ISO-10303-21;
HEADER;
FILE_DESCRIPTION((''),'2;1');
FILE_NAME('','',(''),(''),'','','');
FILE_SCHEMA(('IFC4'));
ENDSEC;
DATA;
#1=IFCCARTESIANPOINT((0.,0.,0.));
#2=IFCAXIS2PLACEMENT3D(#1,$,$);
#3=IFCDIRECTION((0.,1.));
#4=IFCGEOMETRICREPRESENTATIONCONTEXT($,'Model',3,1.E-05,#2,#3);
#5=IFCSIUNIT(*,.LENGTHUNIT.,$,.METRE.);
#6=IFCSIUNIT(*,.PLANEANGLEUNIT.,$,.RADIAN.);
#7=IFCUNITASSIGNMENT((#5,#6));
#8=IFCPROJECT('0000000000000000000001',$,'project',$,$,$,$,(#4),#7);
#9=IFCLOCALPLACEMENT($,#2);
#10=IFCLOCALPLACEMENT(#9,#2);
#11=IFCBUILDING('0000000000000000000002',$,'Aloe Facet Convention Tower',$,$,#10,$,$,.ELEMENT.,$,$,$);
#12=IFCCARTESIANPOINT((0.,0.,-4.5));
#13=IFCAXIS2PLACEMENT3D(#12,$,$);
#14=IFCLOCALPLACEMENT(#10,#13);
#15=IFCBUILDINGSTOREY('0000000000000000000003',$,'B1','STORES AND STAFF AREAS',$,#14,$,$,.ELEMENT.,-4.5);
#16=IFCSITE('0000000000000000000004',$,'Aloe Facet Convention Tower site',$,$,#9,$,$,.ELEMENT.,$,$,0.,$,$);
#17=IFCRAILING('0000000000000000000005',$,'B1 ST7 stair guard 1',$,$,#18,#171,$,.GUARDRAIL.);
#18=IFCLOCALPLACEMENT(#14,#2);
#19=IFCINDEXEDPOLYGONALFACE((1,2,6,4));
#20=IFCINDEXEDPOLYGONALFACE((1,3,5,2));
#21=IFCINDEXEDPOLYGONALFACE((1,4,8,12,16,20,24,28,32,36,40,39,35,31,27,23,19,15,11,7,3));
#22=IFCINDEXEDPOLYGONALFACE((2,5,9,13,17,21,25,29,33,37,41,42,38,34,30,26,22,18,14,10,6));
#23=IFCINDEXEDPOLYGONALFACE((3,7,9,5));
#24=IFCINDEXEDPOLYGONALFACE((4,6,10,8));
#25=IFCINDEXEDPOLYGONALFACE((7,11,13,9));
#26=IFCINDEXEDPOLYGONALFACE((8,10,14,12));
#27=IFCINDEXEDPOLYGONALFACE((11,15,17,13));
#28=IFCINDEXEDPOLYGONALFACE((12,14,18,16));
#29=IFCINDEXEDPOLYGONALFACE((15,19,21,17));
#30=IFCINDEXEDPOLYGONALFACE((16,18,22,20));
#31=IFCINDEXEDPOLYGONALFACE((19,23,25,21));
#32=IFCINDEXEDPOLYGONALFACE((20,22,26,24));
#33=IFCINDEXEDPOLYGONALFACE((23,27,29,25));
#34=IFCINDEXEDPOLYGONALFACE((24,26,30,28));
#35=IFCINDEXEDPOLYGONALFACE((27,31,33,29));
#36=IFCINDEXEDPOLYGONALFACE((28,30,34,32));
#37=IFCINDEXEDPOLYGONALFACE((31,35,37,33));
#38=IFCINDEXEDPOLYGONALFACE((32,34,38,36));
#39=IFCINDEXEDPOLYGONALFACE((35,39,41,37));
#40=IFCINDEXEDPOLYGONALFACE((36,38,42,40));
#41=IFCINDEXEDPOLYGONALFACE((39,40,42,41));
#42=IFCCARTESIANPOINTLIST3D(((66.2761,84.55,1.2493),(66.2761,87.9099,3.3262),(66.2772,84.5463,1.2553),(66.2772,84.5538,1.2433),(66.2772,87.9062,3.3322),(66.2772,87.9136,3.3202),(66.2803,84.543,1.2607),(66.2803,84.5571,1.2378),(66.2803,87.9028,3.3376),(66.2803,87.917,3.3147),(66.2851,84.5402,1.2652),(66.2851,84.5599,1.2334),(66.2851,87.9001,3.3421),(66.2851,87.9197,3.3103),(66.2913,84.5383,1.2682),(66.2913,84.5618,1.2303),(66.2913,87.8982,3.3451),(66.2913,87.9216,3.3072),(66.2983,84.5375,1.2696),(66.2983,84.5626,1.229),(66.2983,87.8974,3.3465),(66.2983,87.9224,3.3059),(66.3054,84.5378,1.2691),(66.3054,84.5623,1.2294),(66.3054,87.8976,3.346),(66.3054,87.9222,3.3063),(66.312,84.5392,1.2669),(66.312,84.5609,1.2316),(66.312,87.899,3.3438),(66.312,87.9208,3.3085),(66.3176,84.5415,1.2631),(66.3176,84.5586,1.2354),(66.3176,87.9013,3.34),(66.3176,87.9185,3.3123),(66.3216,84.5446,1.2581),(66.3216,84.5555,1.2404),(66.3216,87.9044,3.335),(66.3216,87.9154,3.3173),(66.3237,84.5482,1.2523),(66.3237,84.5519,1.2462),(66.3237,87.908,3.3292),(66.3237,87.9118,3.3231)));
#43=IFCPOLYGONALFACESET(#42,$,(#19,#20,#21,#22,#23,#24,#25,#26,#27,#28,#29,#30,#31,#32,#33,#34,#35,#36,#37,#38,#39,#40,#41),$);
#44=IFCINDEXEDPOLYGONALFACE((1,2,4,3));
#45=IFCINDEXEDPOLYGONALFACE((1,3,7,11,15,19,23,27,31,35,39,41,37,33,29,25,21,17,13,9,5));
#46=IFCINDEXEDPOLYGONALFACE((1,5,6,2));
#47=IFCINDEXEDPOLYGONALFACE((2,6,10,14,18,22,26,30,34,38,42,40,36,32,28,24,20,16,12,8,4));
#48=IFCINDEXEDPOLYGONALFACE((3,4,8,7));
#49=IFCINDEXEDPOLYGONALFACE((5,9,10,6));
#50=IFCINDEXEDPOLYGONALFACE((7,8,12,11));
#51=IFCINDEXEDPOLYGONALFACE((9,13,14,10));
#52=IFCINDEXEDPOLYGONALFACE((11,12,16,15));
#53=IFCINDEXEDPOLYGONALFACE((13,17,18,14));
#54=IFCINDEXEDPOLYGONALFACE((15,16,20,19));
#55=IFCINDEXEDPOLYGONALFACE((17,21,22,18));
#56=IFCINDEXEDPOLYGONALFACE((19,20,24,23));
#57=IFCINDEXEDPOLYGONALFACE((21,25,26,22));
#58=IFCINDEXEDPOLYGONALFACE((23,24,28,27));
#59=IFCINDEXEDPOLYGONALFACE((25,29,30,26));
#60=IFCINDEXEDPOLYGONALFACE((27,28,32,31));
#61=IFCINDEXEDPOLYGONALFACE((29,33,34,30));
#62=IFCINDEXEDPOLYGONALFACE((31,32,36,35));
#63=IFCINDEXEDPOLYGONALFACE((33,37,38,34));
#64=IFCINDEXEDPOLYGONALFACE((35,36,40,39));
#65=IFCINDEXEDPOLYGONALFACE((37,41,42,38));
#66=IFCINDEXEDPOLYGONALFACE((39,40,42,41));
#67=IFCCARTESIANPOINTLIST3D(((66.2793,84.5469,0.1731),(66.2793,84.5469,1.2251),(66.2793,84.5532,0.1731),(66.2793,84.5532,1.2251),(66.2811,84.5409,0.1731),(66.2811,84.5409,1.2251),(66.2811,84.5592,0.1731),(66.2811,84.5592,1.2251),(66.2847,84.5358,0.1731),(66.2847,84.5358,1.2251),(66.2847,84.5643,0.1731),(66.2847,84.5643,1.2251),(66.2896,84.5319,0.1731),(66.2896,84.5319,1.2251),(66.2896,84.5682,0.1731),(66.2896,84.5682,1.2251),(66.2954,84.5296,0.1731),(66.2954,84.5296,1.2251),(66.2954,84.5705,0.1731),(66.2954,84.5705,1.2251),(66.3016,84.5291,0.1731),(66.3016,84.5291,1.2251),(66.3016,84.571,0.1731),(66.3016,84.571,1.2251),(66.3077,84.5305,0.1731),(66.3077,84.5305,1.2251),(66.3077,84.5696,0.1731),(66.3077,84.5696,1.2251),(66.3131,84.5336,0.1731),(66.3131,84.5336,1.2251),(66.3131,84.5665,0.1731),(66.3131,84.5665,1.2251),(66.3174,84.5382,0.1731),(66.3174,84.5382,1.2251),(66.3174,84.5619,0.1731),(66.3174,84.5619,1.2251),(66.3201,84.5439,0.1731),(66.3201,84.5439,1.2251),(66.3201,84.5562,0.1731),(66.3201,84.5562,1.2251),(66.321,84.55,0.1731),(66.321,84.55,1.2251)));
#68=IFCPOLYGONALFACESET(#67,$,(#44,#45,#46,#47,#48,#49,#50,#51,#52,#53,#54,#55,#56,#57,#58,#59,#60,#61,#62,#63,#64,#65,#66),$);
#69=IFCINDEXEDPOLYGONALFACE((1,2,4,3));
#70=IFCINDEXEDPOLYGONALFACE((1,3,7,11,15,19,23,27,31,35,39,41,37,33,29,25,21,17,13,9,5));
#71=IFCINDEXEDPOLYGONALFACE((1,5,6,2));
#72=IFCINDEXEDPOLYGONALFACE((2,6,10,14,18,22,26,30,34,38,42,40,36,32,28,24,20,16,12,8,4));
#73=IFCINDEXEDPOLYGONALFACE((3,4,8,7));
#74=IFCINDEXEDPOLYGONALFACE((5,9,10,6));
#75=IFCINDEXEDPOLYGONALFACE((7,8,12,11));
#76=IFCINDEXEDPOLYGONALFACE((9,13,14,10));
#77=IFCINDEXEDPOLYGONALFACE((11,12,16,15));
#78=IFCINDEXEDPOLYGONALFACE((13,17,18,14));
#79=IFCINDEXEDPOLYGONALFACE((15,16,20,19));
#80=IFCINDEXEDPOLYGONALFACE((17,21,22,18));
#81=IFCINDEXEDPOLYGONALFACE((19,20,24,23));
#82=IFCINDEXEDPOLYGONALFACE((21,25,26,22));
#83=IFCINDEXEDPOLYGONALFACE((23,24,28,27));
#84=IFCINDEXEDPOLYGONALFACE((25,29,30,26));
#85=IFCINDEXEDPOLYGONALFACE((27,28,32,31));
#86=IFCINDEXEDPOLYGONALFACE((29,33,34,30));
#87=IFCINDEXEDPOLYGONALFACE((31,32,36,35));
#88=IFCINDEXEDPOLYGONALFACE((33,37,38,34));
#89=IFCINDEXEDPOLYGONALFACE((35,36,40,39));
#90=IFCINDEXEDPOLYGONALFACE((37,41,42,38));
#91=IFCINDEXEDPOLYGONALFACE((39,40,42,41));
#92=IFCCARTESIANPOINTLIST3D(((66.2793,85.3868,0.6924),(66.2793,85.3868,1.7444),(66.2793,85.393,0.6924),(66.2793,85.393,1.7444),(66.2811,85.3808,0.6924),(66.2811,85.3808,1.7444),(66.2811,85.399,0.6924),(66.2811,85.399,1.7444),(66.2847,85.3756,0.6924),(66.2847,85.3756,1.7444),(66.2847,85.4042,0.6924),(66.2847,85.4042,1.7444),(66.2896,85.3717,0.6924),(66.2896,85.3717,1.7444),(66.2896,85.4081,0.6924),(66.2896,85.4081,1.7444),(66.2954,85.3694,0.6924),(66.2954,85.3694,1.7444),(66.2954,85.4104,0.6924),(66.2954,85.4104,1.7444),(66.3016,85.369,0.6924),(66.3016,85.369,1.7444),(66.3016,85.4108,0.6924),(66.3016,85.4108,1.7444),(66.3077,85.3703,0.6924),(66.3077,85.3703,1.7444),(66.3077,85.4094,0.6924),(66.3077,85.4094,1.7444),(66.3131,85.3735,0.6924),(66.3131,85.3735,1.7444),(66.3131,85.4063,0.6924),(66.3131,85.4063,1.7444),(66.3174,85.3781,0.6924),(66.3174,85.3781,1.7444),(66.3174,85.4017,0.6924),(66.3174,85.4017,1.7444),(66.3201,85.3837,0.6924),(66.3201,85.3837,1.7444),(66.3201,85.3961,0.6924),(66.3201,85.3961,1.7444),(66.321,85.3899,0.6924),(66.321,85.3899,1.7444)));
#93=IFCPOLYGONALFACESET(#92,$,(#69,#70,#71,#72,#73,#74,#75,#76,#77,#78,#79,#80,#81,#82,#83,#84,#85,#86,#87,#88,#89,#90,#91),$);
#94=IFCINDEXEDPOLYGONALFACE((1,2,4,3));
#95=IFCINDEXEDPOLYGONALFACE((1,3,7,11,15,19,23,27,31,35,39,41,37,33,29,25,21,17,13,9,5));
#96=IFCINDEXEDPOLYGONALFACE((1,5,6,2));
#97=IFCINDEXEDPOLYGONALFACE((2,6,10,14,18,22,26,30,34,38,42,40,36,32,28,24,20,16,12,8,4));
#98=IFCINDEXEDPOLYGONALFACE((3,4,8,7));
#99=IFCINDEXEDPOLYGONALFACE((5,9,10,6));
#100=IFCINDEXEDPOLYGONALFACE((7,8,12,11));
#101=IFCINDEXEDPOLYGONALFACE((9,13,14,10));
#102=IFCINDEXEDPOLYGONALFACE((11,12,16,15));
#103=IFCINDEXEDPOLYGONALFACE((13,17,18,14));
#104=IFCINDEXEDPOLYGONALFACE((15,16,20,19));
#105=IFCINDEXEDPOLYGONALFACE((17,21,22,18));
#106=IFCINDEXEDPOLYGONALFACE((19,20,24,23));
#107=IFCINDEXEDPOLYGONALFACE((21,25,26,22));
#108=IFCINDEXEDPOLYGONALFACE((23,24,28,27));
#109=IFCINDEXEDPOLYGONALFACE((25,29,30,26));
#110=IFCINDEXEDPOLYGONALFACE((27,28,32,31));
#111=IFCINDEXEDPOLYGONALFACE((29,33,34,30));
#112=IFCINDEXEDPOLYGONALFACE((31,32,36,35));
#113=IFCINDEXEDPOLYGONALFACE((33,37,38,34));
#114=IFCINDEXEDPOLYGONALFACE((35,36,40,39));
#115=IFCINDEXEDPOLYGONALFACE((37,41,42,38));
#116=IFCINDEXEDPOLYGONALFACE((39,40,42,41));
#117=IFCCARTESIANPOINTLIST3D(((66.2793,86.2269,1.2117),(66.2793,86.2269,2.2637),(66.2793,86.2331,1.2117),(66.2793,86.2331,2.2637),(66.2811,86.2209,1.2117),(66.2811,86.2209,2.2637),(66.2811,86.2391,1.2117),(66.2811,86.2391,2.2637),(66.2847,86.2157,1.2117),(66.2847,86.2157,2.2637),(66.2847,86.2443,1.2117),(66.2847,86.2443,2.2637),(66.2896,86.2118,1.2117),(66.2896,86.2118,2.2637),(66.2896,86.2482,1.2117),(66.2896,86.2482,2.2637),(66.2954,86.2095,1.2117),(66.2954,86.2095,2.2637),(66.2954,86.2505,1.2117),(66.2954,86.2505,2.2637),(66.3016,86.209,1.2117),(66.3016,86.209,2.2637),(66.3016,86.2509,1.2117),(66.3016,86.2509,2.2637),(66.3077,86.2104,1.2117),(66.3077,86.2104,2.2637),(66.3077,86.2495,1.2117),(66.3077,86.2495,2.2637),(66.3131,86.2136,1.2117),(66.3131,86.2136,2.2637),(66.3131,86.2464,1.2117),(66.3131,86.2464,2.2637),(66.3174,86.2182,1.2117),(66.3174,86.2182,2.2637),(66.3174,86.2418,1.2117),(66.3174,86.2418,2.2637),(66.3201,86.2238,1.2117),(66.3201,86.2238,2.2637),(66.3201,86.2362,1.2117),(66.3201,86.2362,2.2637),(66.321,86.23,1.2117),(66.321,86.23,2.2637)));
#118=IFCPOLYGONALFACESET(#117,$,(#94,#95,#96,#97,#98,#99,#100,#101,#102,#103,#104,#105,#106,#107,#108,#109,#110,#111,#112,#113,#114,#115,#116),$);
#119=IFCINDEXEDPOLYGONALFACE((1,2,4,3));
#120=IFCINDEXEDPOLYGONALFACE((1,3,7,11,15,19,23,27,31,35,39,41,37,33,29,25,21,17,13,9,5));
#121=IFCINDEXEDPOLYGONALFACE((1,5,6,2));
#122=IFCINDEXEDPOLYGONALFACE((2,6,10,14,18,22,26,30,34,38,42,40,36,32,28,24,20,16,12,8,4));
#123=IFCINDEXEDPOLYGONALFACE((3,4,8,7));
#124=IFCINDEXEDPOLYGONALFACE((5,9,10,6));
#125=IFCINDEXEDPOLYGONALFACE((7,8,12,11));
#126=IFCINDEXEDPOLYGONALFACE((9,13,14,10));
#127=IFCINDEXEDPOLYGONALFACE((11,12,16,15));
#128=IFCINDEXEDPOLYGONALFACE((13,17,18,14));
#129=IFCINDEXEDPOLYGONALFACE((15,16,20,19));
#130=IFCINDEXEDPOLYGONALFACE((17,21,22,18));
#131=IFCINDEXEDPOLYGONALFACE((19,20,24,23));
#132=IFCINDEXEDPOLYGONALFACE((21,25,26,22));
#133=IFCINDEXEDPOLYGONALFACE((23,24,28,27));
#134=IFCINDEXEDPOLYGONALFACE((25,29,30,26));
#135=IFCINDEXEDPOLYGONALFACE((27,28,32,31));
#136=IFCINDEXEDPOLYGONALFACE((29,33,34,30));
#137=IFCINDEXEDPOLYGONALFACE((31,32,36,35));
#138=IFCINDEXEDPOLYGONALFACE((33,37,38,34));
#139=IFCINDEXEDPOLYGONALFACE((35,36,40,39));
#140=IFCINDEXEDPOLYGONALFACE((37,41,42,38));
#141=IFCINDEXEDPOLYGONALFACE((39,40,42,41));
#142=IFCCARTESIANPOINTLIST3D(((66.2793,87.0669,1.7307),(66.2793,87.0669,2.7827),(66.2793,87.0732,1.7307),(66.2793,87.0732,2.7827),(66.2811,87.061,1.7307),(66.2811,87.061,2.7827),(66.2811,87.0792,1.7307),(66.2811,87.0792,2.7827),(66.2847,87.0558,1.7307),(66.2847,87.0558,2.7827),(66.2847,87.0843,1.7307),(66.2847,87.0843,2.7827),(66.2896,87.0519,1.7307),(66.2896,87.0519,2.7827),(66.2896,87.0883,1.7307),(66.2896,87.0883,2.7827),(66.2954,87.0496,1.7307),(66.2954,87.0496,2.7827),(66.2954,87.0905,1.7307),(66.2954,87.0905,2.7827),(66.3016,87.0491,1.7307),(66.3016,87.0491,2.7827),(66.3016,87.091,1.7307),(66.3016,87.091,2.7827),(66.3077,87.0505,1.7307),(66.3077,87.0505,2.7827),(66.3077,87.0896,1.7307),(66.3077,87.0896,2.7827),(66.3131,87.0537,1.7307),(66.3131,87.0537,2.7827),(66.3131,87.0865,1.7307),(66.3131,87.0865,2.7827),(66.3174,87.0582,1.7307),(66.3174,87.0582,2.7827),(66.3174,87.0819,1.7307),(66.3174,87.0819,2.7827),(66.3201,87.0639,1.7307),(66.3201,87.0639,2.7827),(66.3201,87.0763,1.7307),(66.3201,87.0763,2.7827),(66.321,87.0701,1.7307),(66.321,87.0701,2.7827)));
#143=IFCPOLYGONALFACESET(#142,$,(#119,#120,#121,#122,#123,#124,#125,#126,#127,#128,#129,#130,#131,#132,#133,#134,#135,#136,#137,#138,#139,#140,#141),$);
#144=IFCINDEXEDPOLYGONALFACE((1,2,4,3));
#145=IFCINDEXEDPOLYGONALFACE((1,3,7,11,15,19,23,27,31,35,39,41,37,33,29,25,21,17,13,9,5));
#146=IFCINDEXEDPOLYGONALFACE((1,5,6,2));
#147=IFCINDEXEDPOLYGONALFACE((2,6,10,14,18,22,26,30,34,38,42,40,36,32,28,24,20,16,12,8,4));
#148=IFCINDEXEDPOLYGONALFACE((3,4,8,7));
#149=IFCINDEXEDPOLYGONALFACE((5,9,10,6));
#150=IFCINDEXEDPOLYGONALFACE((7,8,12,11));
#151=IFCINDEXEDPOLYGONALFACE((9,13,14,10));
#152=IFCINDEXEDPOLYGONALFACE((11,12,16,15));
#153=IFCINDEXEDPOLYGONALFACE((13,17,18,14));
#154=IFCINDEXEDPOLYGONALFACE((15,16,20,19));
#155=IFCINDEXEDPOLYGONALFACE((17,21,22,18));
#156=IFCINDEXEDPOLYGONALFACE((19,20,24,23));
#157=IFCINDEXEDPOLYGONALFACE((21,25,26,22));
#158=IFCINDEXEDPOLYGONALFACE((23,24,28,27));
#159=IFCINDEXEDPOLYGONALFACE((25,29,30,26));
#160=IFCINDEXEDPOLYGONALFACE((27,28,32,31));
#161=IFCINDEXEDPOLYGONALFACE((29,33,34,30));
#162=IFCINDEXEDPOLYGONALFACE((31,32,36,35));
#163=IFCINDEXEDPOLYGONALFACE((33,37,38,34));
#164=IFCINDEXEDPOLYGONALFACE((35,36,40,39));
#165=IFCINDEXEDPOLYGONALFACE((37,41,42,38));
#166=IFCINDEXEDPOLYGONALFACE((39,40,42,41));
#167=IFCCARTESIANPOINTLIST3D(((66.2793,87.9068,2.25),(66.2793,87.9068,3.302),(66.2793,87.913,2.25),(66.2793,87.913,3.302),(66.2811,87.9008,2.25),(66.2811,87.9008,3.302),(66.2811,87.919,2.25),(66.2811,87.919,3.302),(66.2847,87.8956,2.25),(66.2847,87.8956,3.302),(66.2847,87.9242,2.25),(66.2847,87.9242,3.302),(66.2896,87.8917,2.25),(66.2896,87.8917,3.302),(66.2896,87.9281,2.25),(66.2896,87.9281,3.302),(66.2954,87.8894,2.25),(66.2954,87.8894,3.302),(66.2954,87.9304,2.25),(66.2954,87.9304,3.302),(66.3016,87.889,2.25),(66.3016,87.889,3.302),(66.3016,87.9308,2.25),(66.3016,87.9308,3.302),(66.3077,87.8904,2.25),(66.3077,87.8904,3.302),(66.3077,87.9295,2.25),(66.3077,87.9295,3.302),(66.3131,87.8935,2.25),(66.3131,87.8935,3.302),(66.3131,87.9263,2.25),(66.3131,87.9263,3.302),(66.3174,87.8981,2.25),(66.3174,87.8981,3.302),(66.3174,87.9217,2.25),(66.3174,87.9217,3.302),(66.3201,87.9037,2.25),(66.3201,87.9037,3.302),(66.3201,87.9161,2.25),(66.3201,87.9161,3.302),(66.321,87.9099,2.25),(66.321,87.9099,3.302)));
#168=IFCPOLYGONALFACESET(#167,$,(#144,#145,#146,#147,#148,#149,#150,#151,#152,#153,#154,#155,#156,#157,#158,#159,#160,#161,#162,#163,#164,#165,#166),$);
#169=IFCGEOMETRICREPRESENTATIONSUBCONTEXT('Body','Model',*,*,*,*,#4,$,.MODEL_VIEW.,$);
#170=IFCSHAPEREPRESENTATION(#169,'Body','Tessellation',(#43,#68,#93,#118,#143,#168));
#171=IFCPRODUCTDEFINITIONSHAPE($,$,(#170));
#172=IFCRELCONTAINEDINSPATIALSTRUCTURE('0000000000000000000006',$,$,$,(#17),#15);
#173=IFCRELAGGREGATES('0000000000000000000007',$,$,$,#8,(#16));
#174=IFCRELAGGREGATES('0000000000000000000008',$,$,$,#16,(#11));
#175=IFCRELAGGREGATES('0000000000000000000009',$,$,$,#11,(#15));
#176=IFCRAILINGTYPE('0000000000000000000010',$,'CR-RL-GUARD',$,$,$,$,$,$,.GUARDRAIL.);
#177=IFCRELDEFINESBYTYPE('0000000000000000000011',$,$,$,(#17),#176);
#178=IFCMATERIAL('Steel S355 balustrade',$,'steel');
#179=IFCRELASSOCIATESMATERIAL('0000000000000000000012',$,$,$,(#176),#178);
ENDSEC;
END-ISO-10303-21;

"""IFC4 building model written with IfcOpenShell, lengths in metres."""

from ifc_helpers import new_model, si_unit, direction, frame, origin, origin_2d, place, context, subcontext, project, spatial, circle, extrude, material, type_object, element, save


model = new_model("IFC4")

# Units and contexts
model_context = context("Model", 3, precision=1e-05, world=origin(), true_north=direction((0.0, 1.0)))
body_context = subcontext(model_context, "Body", "Model", "MODEL_VIEW")
ifc_project = project(units=[si_unit("LENGTHUNIT", "METRE"), si_unit("PLANEANGLEUNIT", "RADIAN")], contexts=[model_context])

# Site, building, storey
site_placement = place(None, origin())
site = spatial("IfcSite", under=ifc_project, at=site_placement, Name="Aloe Facet Convention Tower site", CompositionType="ELEMENT", RefElevation=0.0)
building_placement = place(site_placement, origin())
building = spatial("IfcBuilding", under=site, at=building_placement, Name="Aloe Facet Convention Tower", CompositionType="ELEMENT")
storey_placement = place(building_placement, frame((0.0, 0.0, -4.5)))
storey = spatial("IfcBuildingStorey", under=building, at=storey_placement, Name="B1", Description="STORES AND STAFF AREAS", CompositionType="ELEMENT", Elevation=-4.5)

# Railing
ifc_material_1 = material(Name="Steel S355 balustrade", Category="steel")
railing_type_1 = type_object("IfcRailingType", Name="CR-RL-GUARD", PredefinedType="GUARDRAIL", material=ifc_material_1)
railing_1_placement = place(storey_placement, frame((66.3, 84.55, 0.1731)))
element("IfcRailing", 1, at=railing_1_placement, inside=storey, type_object=railing_type_1, Name="B1 ST7 stair guard 1", PredefinedType="GUARDRAIL", context=body_context, shape_type="SweptSolid", body=[
    extrude(circle(Radius=0.0239, at=origin_2d()), frame((0.0, 0.0, 1.0762), z_axis=(0.0, 0.850606, 0.525803), x_axis=(-1.0, 0.0, 0.0)), (0.0, 0.0, 1.0), 3.95),
    extrude(circle(Radius=0.021, at=origin_2d()), origin(), (0.0, 0.0, 1.0), 1.052),
    extrude(circle(Radius=0.021, at=origin_2d()), frame((0.0, 0.8398, 0.5193)), (0.0, 0.0, 1.0), 1.052),
    extrude(circle(Radius=0.021, at=origin_2d()), frame((0.0, 1.6799, 1.0386)), (0.0, 0.0, 1.0), 1.052),
    extrude(circle(Radius=0.021, at=origin_2d()), frame((0.0, 2.52, 1.5576)), (0.0, 0.0, 1.0), 1.052),
    extrude(circle(Radius=0.021, at=origin_2d()), frame((0.0, 3.3599, 2.0769)), (0.0, 0.0, 1.0), 1.052),
])

save(model, "model.ifc")
